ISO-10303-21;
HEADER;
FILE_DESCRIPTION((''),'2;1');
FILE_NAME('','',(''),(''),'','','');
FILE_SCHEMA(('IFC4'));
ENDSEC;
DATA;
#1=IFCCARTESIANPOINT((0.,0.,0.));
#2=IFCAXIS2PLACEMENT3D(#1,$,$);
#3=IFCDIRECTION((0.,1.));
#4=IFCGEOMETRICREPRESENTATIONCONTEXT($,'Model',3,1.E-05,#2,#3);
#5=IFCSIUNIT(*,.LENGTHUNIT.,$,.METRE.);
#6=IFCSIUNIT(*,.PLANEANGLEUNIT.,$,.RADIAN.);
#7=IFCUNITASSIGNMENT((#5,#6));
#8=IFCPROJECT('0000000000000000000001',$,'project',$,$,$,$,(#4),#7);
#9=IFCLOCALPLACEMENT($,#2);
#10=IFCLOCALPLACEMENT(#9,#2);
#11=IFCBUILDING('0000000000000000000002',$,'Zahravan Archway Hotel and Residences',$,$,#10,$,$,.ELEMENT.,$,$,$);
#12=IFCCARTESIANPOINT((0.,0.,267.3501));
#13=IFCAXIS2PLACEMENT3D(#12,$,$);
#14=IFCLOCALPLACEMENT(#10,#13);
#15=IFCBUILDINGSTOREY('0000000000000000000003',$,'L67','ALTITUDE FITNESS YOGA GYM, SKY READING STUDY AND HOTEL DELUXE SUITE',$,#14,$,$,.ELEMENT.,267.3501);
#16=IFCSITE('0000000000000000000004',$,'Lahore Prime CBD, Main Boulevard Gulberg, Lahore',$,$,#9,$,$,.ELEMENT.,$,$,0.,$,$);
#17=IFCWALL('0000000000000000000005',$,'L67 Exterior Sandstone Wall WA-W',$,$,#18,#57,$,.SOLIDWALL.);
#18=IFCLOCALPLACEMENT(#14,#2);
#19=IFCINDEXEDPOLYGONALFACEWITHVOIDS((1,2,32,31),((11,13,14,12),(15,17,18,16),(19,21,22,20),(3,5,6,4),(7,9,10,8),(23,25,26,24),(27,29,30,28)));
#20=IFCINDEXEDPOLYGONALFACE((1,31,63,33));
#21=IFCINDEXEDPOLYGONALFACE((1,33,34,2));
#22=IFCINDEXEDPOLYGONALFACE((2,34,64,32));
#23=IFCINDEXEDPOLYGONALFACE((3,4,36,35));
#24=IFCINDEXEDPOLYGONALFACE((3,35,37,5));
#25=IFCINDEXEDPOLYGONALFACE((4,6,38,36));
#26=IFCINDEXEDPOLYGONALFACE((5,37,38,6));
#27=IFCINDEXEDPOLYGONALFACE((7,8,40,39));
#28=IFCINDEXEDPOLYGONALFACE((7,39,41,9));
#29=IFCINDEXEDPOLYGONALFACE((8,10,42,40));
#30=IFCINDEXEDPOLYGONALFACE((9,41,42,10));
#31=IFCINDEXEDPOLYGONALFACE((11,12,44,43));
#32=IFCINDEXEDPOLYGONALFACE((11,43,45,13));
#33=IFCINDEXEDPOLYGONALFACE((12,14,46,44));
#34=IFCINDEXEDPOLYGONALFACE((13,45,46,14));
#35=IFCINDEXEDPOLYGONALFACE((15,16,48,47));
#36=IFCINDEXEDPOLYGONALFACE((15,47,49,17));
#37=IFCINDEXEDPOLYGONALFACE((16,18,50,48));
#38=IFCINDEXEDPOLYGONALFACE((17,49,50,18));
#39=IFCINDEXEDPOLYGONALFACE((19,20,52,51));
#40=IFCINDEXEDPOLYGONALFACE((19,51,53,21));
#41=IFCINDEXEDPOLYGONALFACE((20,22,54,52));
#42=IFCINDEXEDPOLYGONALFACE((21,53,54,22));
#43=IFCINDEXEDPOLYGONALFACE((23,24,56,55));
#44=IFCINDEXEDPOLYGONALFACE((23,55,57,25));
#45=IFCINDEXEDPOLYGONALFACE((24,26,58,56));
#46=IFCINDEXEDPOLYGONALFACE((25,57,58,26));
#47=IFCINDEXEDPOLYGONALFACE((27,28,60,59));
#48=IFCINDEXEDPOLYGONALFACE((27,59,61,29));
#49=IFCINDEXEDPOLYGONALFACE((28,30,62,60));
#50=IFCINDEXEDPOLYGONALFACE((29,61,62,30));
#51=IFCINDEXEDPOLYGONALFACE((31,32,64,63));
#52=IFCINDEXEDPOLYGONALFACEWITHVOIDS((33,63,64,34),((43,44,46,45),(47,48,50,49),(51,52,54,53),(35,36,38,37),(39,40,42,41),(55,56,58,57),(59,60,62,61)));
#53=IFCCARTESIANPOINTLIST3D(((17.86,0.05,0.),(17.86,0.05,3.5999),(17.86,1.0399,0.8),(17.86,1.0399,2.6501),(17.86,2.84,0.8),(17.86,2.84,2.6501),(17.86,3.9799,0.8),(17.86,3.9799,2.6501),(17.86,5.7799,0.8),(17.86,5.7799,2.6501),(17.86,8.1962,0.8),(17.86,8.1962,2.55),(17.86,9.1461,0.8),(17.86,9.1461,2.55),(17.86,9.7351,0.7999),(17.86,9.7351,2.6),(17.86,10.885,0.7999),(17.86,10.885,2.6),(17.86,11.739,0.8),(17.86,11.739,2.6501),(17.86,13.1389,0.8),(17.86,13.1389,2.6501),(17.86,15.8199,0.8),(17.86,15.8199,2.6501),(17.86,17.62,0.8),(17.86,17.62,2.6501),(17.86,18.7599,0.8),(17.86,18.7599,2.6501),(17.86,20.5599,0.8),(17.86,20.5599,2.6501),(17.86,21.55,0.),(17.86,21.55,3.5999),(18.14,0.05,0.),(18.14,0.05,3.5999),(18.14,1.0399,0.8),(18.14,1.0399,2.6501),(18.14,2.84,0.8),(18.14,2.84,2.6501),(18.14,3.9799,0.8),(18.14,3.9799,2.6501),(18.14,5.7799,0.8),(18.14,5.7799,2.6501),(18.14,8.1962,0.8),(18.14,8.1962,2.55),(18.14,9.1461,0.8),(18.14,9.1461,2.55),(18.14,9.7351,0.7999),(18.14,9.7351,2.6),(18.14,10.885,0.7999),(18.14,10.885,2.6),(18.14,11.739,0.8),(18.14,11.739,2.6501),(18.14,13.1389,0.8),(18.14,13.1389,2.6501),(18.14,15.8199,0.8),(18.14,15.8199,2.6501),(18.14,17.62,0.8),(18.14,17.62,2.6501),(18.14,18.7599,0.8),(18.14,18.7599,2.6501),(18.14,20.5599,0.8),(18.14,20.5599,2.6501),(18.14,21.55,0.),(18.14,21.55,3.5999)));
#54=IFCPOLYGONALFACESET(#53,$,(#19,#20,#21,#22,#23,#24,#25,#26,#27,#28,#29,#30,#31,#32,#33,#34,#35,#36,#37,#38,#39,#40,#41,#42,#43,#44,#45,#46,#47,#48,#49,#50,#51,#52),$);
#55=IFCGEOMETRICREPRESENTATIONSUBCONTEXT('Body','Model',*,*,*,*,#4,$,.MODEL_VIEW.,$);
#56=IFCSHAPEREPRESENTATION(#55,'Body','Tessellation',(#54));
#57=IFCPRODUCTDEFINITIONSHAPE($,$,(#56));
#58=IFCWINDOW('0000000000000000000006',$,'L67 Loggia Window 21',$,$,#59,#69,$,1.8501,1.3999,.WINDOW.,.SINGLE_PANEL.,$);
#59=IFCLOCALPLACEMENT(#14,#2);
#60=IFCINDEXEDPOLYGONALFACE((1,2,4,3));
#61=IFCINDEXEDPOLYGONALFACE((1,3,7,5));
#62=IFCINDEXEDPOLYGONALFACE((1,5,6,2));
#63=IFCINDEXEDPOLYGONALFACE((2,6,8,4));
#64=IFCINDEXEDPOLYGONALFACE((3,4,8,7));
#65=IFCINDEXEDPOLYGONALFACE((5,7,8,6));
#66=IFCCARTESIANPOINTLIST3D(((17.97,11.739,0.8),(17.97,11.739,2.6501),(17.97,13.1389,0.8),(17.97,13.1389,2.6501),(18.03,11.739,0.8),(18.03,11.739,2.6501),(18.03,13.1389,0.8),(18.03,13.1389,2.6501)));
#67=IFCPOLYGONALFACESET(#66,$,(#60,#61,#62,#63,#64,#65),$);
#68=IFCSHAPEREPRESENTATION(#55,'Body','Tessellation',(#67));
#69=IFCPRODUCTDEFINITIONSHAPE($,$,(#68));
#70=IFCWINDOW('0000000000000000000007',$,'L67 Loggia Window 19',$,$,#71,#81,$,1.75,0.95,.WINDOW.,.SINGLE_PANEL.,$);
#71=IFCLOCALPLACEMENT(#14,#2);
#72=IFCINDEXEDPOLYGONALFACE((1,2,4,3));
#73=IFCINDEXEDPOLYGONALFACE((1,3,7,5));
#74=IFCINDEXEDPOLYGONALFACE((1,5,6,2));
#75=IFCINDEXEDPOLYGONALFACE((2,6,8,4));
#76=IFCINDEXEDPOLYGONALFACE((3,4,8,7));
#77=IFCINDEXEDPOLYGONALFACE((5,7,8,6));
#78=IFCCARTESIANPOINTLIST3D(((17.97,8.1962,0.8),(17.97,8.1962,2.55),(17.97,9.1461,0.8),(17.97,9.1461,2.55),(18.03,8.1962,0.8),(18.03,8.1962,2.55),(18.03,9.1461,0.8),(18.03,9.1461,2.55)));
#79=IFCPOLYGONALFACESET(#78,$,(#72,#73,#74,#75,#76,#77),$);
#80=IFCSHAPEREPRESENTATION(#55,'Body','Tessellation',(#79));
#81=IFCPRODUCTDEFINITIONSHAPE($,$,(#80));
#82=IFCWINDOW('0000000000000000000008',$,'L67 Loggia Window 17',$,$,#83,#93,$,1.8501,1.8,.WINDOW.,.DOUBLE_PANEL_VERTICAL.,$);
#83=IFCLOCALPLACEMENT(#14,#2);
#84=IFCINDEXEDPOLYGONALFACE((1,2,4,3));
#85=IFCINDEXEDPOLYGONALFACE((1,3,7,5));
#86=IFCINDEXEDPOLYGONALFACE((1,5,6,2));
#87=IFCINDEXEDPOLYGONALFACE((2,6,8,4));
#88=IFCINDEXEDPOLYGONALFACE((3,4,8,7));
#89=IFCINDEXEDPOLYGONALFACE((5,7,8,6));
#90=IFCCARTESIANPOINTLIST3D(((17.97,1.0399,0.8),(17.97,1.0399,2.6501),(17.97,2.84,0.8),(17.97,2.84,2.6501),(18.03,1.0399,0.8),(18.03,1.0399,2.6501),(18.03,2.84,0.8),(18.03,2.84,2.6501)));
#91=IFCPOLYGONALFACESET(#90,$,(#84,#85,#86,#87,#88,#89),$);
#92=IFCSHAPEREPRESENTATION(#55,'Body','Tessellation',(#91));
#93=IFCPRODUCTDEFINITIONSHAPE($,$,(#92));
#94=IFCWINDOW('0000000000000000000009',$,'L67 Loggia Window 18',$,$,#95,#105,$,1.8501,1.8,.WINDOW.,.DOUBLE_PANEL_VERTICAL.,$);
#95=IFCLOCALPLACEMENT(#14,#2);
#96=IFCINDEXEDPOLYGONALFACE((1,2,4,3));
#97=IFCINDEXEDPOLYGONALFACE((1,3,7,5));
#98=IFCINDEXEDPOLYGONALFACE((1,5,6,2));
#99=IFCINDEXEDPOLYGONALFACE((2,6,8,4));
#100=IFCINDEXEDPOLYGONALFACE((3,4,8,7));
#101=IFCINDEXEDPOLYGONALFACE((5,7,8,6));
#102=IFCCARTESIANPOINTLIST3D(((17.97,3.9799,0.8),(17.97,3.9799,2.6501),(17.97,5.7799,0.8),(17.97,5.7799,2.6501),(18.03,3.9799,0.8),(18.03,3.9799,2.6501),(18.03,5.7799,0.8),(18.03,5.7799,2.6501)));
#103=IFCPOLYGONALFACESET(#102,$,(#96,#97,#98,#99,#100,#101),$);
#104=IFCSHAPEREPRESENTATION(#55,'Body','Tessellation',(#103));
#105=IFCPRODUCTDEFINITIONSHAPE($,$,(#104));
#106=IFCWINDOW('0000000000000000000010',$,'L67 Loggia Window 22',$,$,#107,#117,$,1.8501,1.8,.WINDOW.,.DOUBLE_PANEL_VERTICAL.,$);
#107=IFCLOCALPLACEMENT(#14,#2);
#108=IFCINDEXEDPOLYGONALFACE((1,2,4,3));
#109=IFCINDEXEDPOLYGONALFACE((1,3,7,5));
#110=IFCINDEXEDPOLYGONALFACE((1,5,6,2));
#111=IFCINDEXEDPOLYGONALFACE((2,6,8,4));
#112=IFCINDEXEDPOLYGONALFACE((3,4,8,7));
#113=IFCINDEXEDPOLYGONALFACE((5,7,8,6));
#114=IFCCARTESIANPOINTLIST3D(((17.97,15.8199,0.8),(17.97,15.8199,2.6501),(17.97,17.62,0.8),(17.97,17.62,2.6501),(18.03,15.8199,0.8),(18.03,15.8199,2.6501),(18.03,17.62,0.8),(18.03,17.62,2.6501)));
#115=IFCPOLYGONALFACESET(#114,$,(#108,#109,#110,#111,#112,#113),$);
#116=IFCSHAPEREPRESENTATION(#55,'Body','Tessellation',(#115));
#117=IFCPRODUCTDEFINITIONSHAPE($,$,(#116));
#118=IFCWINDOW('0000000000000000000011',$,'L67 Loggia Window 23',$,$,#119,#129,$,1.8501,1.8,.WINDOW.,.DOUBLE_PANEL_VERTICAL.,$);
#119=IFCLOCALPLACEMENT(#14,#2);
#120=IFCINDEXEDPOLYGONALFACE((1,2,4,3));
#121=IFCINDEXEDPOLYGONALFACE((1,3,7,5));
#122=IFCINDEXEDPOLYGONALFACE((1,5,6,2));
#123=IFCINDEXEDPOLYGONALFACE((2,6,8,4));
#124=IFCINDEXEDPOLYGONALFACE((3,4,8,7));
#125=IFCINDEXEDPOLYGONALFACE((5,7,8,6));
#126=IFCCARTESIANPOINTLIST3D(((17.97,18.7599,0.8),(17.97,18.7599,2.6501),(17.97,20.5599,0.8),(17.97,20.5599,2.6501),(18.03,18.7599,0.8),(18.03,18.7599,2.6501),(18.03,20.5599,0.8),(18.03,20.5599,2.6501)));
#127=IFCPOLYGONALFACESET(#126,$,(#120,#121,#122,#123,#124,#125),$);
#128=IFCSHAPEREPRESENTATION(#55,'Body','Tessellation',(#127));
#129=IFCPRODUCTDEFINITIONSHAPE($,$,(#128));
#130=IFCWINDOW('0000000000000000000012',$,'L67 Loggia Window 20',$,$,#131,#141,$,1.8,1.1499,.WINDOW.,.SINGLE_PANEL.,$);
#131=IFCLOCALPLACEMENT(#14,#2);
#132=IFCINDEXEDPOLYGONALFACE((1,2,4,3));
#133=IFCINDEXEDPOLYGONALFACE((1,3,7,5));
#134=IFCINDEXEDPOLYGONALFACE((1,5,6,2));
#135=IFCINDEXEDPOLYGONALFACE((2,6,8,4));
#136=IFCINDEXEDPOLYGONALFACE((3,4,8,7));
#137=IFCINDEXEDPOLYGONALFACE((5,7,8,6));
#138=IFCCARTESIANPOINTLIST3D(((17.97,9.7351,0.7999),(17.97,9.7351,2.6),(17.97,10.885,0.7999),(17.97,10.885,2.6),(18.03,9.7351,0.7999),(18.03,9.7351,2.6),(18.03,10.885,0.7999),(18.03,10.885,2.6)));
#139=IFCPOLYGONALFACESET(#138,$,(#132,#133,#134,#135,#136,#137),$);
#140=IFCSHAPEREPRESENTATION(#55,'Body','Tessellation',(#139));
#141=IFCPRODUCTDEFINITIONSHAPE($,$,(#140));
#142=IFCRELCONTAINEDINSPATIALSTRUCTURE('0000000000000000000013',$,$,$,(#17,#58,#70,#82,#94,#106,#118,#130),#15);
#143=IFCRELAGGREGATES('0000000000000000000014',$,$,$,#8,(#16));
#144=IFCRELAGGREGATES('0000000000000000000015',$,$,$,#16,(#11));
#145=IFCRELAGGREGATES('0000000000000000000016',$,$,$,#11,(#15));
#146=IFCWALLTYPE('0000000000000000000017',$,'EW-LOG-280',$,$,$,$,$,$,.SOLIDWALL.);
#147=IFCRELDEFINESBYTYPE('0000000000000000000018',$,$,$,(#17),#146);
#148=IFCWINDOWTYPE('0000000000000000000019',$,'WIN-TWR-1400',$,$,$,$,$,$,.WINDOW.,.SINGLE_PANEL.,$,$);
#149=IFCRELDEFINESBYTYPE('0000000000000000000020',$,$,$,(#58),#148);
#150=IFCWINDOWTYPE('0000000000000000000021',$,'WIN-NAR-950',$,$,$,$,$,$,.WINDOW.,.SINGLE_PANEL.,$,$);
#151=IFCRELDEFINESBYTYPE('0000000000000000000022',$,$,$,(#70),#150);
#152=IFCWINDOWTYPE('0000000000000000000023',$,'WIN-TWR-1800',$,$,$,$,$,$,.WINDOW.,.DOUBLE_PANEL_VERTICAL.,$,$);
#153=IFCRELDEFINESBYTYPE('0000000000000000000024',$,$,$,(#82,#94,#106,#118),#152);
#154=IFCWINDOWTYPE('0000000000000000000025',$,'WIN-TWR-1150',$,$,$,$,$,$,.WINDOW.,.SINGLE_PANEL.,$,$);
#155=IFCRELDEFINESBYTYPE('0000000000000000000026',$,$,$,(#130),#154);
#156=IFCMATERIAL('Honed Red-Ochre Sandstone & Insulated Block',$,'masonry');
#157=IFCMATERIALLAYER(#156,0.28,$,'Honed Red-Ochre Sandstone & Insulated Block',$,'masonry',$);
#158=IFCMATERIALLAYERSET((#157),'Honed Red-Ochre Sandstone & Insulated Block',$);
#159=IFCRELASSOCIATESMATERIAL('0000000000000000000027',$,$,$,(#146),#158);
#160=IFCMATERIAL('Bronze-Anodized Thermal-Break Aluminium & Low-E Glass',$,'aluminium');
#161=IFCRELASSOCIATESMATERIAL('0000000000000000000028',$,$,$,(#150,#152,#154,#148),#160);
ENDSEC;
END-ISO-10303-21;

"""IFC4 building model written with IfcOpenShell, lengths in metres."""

from ifc_helpers import new_model, si_unit, direction, frame, frame_2d, origin, place, context, subcontext, project, spatial, rectangle, extrude, source, transform, mapped, material, layer, layer_set, type_object, type_shapes, element, fill, save


model = new_model("IFC4")

# Units and contexts
model_context = context("Model", 3, precision=1e-05, world=origin(), true_north=direction((0.0, 1.0)))
body_context = subcontext(model_context, "Body", "Model", "MODEL_VIEW")
ifc_project = project(units=[si_unit("LENGTHUNIT", "METRE"), si_unit("PLANEANGLEUNIT", "RADIAN")], contexts=[model_context])

# Site, building, storey
site_placement = place(None, origin())
site = spatial("IfcSite", under=ifc_project, at=site_placement, Name="Lahore Prime CBD, Main Boulevard Gulberg, Lahore", CompositionType="ELEMENT", RefElevation=0.0)
building_placement = place(site_placement, origin())
building = spatial("IfcBuilding", under=site, at=building_placement, Name="Zahravan Archway Hotel and Residences", CompositionType="ELEMENT")
storey_placement = place(building_placement, frame((0.0, 0.0, 267.3501)))
storey = spatial("IfcBuildingStorey", under=building, at=storey_placement, Name="L67", Description="ALTITUDE FITNESS YOGA GYM, SKY READING STUDY AND HOTEL DELUXE SUITE", CompositionType="ELEMENT", Elevation=267.3501)

# Shared definitions
ifc_material_1 = material(Name="Honed Red-Ochre Sandstone & Insulated Block", Category="masonry")
ifc_layer = layer(ifc_material_1, 0.28, Name="Honed Red-Ochre Sandstone & Insulated Block", Category="masonry")
ifc_layer_set = layer_set([ifc_layer], Name="Honed Red-Ochre Sandstone & Insulated Block")
wall_type = type_object("IfcWallType", Name="EW-LOG-280", PredefinedType="SOLIDWALL", material=ifc_layer_set)
ifc_material_2 = material(Name="Bronze-Anodized Thermal-Break Aluminium & Low-E Glass", Category="aluminium")
window_type_1 = type_object("IfcWindowType", Name="WIN-NAR-950", PartitioningType="SINGLE_PANEL", PredefinedType="WINDOW", material=ifc_material_2)
shared_shape_1 = source(origin(), body_context, "Body", "SweptSolid", [
    extrude(rectangle(XDim=0.95, YDim=1.75, at=frame_2d((0.4751, 0.875))), frame((0.0, 0.03, 0.0), z_axis=(0.0, -1.0, 0.0), x_axis=(1.0, 0.0, 0.0)), (0.0, 0.0, 1.0), 0.0601),
])
type_shapes(window_type_1, [shared_shape_1])
window_type_2 = type_object("IfcWindowType", Name="WIN-TWR-1800", PartitioningType="DOUBLE_PANEL_VERTICAL", PredefinedType="WINDOW", material=ifc_material_2)
shared_shape_2 = source(origin(), body_context, "Body", "SweptSolid", [
    extrude(rectangle(XDim=1.8, YDim=1.8501, at=frame_2d((0.8999, 0.925))), frame((0.0, 0.03, 0.0), z_axis=(0.0, -1.0, 0.0), x_axis=(1.0, 0.0, 0.0)), (0.0, 0.0, 1.0), 0.0601),
])
type_shapes(window_type_2, [shared_shape_2])
window_type_3 = type_object("IfcWindowType", Name="WIN-TWR-1150", PartitioningType="SINGLE_PANEL", PredefinedType="WINDOW", material=ifc_material_2)
shared_shape_3 = source(origin(), body_context, "Body", "SweptSolid", [
    extrude(rectangle(XDim=1.1499, YDim=1.8, at=frame_2d((0.575, 0.8999))), frame((0.0, 0.03, 0.0), z_axis=(0.0, -1.0, 0.0), x_axis=(1.0, 0.0, 0.0)), (0.0, 0.0, 1.0), 0.0601),
])
type_shapes(window_type_3, [shared_shape_3])

# Wall, openings, windows
wall_1_placement = place(storey_placement, frame((18.0, 0.05, 0.0), z_axis=(0.0, 0.0, 1.0), x_axis=(0.0, 1.0, 0.0)))
wall_1 = element("IfcWall", 1, at=wall_1_placement, inside=storey, type_object=wall_type, Name="L67 Exterior Sandstone Wall WA-W", PredefinedType="SOLIDWALL", context=body_context, shape_type="SweptSolid", body=[
    extrude(rectangle(XDim=21.5, YDim=0.28, at=frame_2d((10.75, 0.0))), origin(), (0.0, 0.0, 1.0), 3.5999),
])
opening_1_placement = place(wall_1_placement, frame((0.99, 0.0, 0.8)))
opening_1 = element("IfcOpeningElement", 2, at=opening_1_placement, cuts=wall_1, PredefinedType="OPENING", context=body_context, shape_type="SweptSolid", body=[
    extrude(rectangle(XDim=1.8, YDim=1.8501, at=frame_2d((0.8999, 0.925))), frame((0.0, 0.1499, 0.0), z_axis=(0.0, -1.0, 0.0), x_axis=(1.0, 0.0, 0.0)), (0.0, 0.0, 1.0), 0.3),
])
opening_2_placement = place(wall_1_placement, frame((3.9299, 0.0, 0.8)))
opening_2 = element("IfcOpeningElement", 3, at=opening_2_placement, cuts=wall_1, PredefinedType="OPENING", context=body_context, shape_type="SweptSolid", body=[
    extrude(rectangle(XDim=1.8, YDim=1.8501, at=frame_2d((0.8999, 0.925))), frame((0.0, 0.1499, 0.0), z_axis=(0.0, -1.0, 0.0), x_axis=(1.0, 0.0, 0.0)), (0.0, 0.0, 1.0), 0.3),
])
opening_3_placement = place(wall_1_placement, frame((8.146, 0.0, 0.8)))
opening_3 = element("IfcOpeningElement", 4, at=opening_3_placement, cuts=wall_1, PredefinedType="OPENING", context=body_context, shape_type="SweptSolid", body=[
    extrude(rectangle(XDim=0.95, YDim=1.75, at=frame_2d((0.4751, 0.875))), frame((0.0, 0.1499, 0.0), z_axis=(0.0, -1.0, 0.0), x_axis=(1.0, 0.0, 0.0)), (0.0, 0.0, 1.0), 0.3),
])
opening_4_placement = place(wall_1_placement, frame((9.6851, 0.0, 0.8)))
opening_4 = element("IfcOpeningElement", 5, at=opening_4_placement, cuts=wall_1, PredefinedType="OPENING", context=body_context, shape_type="SweptSolid", body=[
    extrude(rectangle(XDim=1.1499, YDim=1.8, at=frame_2d((0.575, 0.8999))), frame((0.0, 0.1499, 0.0), z_axis=(0.0, -1.0, 0.0), x_axis=(1.0, 0.0, 0.0)), (0.0, 0.0, 1.0), 0.3),
])
opening_5_placement = place(wall_1_placement, frame((11.689, 0.0, 0.8)))
opening_5 = element("IfcOpeningElement", 6, at=opening_5_placement, cuts=wall_1, PredefinedType="OPENING", context=body_context, shape_type="SweptSolid", body=[
    extrude(rectangle(XDim=1.3999, YDim=1.8501, at=frame_2d((0.7, 0.925))), frame((0.0, 0.1499, 0.0), z_axis=(0.0, -1.0, 0.0), x_axis=(1.0, 0.0, 0.0)), (0.0, 0.0, 1.0), 0.3),
])
opening_6_placement = place(wall_1_placement, frame((15.77, 0.0, 0.8)))
opening_6 = element("IfcOpeningElement", 7, at=opening_6_placement, cuts=wall_1, PredefinedType="OPENING", context=body_context, shape_type="SweptSolid", body=[
    extrude(rectangle(XDim=1.8, YDim=1.8501, at=frame_2d((0.8999, 0.925))), frame((0.0, 0.1499, 0.0), z_axis=(0.0, -1.0, 0.0), x_axis=(1.0, 0.0, 0.0)), (0.0, 0.0, 1.0), 0.3),
])
opening_7_placement = place(wall_1_placement, frame((18.71, 0.0, 0.8)))
opening_7 = element("IfcOpeningElement", 8, at=opening_7_placement, cuts=wall_1, PredefinedType="OPENING", context=body_context, shape_type="SweptSolid", body=[
    extrude(rectangle(XDim=1.8, YDim=1.8501, at=frame_2d((0.8999, 0.925))), frame((0.0, 0.1499, 0.0), z_axis=(0.0, -1.0, 0.0), x_axis=(1.0, 0.0, 0.0)), (0.0, 0.0, 1.0), 0.3),
])
window_type_4 = type_object("IfcWindowType", Name="WIN-TWR-1400", PartitioningType="SINGLE_PANEL", PredefinedType="WINDOW", material=ifc_material_2)
shared_shape_4 = source(origin(), body_context, "Body", "SweptSolid", [
    extrude(rectangle(XDim=1.3999, YDim=1.8501, at=frame_2d((0.7, 0.925))), frame((0.0, 0.03, 0.0), z_axis=(0.0, -1.0, 0.0), x_axis=(1.0, 0.0, 0.0)), (0.0, 0.0, 1.0), 0.0601),
])
type_shapes(window_type_4, [shared_shape_4])
window_1_placement = place(opening_5_placement, origin())
window_1 = element("IfcWindow", 9, at=window_1_placement, inside=storey, type_object=window_type_4, Name="L67 Loggia Window 21", OverallHeight=1.8501, OverallWidth=1.3999, PartitioningType="SINGLE_PANEL", PredefinedType="WINDOW", context=body_context, shape_type="MappedRepresentation", body=[
    mapped(shared_shape_4, transform((0.0, 0.0, 0.0), scale=1.0)),
])
fill(opening_5, window_1)
window_2_placement = place(opening_3_placement, origin())
window_2 = element("IfcWindow", 10, at=window_2_placement, inside=storey, type_object=window_type_1, Name="L67 Loggia Window 19", OverallHeight=1.75, OverallWidth=0.95, PartitioningType="SINGLE_PANEL", PredefinedType="WINDOW", context=body_context, shape_type="MappedRepresentation", body=[
    mapped(shared_shape_1, transform((0.0, 0.0, 0.0), scale=1.0)),
])
fill(opening_3, window_2)
window_3_placement = place(opening_1_placement, origin())
window_3 = element("IfcWindow", 11, at=window_3_placement, inside=storey, type_object=window_type_2, Name="L67 Loggia Window 17", OverallHeight=1.8501, OverallWidth=1.8, PartitioningType="DOUBLE_PANEL_VERTICAL", PredefinedType="WINDOW", context=body_context, shape_type="MappedRepresentation", body=[
    mapped(shared_shape_2, transform((0.0, 0.0, 0.0), scale=1.0)),
])
fill(opening_1, window_3)
window_4_placement = place(opening_2_placement, origin())
window_4 = element("IfcWindow", 12, at=window_4_placement, inside=storey, type_object=window_type_2, Name="L67 Loggia Window 18", OverallHeight=1.8501, OverallWidth=1.8, PartitioningType="DOUBLE_PANEL_VERTICAL", PredefinedType="WINDOW", context=body_context, shape_type="MappedRepresentation", body=[
    mapped(shared_shape_2, transform((0.0, 0.0, 0.0), scale=1.0)),
])
fill(opening_2, window_4)
window_5_placement = place(opening_6_placement, origin())
window_5 = element("IfcWindow", 13, at=window_5_placement, inside=storey, type_object=window_type_2, Name="L67 Loggia Window 22", OverallHeight=1.8501, OverallWidth=1.8, PartitioningType="DOUBLE_PANEL_VERTICAL", PredefinedType="WINDOW", context=body_context, shape_type="MappedRepresentation", body=[
    mapped(shared_shape_2, transform((0.0, 0.0, 0.0), scale=1.0)),
])
fill(opening_6, window_5)
window_6_placement = place(opening_7_placement, origin())
window_6 = element("IfcWindow", 14, at=window_6_placement, inside=storey, type_object=window_type_2, Name="L67 Loggia Window 23", OverallHeight=1.8501, OverallWidth=1.8, PartitioningType="DOUBLE_PANEL_VERTICAL", PredefinedType="WINDOW", context=body_context, shape_type="MappedRepresentation", body=[
    mapped(shared_shape_2, transform((0.0, 0.0, 0.0), scale=1.0)),
])
fill(opening_7, window_6)
window_7_placement = place(opening_4_placement, origin())
window_7 = element("IfcWindow", 15, at=window_7_placement, inside=storey, type_object=window_type_3, Name="L67 Loggia Window 20", OverallHeight=1.8, OverallWidth=1.1499, PartitioningType="SINGLE_PANEL", PredefinedType="WINDOW", context=body_context, shape_type="MappedRepresentation", body=[
    mapped(shared_shape_3, transform((0.0, 0.0, 0.0), scale=1.0)),
])
fill(opening_4, window_7)

save(model, "model.ifc")
